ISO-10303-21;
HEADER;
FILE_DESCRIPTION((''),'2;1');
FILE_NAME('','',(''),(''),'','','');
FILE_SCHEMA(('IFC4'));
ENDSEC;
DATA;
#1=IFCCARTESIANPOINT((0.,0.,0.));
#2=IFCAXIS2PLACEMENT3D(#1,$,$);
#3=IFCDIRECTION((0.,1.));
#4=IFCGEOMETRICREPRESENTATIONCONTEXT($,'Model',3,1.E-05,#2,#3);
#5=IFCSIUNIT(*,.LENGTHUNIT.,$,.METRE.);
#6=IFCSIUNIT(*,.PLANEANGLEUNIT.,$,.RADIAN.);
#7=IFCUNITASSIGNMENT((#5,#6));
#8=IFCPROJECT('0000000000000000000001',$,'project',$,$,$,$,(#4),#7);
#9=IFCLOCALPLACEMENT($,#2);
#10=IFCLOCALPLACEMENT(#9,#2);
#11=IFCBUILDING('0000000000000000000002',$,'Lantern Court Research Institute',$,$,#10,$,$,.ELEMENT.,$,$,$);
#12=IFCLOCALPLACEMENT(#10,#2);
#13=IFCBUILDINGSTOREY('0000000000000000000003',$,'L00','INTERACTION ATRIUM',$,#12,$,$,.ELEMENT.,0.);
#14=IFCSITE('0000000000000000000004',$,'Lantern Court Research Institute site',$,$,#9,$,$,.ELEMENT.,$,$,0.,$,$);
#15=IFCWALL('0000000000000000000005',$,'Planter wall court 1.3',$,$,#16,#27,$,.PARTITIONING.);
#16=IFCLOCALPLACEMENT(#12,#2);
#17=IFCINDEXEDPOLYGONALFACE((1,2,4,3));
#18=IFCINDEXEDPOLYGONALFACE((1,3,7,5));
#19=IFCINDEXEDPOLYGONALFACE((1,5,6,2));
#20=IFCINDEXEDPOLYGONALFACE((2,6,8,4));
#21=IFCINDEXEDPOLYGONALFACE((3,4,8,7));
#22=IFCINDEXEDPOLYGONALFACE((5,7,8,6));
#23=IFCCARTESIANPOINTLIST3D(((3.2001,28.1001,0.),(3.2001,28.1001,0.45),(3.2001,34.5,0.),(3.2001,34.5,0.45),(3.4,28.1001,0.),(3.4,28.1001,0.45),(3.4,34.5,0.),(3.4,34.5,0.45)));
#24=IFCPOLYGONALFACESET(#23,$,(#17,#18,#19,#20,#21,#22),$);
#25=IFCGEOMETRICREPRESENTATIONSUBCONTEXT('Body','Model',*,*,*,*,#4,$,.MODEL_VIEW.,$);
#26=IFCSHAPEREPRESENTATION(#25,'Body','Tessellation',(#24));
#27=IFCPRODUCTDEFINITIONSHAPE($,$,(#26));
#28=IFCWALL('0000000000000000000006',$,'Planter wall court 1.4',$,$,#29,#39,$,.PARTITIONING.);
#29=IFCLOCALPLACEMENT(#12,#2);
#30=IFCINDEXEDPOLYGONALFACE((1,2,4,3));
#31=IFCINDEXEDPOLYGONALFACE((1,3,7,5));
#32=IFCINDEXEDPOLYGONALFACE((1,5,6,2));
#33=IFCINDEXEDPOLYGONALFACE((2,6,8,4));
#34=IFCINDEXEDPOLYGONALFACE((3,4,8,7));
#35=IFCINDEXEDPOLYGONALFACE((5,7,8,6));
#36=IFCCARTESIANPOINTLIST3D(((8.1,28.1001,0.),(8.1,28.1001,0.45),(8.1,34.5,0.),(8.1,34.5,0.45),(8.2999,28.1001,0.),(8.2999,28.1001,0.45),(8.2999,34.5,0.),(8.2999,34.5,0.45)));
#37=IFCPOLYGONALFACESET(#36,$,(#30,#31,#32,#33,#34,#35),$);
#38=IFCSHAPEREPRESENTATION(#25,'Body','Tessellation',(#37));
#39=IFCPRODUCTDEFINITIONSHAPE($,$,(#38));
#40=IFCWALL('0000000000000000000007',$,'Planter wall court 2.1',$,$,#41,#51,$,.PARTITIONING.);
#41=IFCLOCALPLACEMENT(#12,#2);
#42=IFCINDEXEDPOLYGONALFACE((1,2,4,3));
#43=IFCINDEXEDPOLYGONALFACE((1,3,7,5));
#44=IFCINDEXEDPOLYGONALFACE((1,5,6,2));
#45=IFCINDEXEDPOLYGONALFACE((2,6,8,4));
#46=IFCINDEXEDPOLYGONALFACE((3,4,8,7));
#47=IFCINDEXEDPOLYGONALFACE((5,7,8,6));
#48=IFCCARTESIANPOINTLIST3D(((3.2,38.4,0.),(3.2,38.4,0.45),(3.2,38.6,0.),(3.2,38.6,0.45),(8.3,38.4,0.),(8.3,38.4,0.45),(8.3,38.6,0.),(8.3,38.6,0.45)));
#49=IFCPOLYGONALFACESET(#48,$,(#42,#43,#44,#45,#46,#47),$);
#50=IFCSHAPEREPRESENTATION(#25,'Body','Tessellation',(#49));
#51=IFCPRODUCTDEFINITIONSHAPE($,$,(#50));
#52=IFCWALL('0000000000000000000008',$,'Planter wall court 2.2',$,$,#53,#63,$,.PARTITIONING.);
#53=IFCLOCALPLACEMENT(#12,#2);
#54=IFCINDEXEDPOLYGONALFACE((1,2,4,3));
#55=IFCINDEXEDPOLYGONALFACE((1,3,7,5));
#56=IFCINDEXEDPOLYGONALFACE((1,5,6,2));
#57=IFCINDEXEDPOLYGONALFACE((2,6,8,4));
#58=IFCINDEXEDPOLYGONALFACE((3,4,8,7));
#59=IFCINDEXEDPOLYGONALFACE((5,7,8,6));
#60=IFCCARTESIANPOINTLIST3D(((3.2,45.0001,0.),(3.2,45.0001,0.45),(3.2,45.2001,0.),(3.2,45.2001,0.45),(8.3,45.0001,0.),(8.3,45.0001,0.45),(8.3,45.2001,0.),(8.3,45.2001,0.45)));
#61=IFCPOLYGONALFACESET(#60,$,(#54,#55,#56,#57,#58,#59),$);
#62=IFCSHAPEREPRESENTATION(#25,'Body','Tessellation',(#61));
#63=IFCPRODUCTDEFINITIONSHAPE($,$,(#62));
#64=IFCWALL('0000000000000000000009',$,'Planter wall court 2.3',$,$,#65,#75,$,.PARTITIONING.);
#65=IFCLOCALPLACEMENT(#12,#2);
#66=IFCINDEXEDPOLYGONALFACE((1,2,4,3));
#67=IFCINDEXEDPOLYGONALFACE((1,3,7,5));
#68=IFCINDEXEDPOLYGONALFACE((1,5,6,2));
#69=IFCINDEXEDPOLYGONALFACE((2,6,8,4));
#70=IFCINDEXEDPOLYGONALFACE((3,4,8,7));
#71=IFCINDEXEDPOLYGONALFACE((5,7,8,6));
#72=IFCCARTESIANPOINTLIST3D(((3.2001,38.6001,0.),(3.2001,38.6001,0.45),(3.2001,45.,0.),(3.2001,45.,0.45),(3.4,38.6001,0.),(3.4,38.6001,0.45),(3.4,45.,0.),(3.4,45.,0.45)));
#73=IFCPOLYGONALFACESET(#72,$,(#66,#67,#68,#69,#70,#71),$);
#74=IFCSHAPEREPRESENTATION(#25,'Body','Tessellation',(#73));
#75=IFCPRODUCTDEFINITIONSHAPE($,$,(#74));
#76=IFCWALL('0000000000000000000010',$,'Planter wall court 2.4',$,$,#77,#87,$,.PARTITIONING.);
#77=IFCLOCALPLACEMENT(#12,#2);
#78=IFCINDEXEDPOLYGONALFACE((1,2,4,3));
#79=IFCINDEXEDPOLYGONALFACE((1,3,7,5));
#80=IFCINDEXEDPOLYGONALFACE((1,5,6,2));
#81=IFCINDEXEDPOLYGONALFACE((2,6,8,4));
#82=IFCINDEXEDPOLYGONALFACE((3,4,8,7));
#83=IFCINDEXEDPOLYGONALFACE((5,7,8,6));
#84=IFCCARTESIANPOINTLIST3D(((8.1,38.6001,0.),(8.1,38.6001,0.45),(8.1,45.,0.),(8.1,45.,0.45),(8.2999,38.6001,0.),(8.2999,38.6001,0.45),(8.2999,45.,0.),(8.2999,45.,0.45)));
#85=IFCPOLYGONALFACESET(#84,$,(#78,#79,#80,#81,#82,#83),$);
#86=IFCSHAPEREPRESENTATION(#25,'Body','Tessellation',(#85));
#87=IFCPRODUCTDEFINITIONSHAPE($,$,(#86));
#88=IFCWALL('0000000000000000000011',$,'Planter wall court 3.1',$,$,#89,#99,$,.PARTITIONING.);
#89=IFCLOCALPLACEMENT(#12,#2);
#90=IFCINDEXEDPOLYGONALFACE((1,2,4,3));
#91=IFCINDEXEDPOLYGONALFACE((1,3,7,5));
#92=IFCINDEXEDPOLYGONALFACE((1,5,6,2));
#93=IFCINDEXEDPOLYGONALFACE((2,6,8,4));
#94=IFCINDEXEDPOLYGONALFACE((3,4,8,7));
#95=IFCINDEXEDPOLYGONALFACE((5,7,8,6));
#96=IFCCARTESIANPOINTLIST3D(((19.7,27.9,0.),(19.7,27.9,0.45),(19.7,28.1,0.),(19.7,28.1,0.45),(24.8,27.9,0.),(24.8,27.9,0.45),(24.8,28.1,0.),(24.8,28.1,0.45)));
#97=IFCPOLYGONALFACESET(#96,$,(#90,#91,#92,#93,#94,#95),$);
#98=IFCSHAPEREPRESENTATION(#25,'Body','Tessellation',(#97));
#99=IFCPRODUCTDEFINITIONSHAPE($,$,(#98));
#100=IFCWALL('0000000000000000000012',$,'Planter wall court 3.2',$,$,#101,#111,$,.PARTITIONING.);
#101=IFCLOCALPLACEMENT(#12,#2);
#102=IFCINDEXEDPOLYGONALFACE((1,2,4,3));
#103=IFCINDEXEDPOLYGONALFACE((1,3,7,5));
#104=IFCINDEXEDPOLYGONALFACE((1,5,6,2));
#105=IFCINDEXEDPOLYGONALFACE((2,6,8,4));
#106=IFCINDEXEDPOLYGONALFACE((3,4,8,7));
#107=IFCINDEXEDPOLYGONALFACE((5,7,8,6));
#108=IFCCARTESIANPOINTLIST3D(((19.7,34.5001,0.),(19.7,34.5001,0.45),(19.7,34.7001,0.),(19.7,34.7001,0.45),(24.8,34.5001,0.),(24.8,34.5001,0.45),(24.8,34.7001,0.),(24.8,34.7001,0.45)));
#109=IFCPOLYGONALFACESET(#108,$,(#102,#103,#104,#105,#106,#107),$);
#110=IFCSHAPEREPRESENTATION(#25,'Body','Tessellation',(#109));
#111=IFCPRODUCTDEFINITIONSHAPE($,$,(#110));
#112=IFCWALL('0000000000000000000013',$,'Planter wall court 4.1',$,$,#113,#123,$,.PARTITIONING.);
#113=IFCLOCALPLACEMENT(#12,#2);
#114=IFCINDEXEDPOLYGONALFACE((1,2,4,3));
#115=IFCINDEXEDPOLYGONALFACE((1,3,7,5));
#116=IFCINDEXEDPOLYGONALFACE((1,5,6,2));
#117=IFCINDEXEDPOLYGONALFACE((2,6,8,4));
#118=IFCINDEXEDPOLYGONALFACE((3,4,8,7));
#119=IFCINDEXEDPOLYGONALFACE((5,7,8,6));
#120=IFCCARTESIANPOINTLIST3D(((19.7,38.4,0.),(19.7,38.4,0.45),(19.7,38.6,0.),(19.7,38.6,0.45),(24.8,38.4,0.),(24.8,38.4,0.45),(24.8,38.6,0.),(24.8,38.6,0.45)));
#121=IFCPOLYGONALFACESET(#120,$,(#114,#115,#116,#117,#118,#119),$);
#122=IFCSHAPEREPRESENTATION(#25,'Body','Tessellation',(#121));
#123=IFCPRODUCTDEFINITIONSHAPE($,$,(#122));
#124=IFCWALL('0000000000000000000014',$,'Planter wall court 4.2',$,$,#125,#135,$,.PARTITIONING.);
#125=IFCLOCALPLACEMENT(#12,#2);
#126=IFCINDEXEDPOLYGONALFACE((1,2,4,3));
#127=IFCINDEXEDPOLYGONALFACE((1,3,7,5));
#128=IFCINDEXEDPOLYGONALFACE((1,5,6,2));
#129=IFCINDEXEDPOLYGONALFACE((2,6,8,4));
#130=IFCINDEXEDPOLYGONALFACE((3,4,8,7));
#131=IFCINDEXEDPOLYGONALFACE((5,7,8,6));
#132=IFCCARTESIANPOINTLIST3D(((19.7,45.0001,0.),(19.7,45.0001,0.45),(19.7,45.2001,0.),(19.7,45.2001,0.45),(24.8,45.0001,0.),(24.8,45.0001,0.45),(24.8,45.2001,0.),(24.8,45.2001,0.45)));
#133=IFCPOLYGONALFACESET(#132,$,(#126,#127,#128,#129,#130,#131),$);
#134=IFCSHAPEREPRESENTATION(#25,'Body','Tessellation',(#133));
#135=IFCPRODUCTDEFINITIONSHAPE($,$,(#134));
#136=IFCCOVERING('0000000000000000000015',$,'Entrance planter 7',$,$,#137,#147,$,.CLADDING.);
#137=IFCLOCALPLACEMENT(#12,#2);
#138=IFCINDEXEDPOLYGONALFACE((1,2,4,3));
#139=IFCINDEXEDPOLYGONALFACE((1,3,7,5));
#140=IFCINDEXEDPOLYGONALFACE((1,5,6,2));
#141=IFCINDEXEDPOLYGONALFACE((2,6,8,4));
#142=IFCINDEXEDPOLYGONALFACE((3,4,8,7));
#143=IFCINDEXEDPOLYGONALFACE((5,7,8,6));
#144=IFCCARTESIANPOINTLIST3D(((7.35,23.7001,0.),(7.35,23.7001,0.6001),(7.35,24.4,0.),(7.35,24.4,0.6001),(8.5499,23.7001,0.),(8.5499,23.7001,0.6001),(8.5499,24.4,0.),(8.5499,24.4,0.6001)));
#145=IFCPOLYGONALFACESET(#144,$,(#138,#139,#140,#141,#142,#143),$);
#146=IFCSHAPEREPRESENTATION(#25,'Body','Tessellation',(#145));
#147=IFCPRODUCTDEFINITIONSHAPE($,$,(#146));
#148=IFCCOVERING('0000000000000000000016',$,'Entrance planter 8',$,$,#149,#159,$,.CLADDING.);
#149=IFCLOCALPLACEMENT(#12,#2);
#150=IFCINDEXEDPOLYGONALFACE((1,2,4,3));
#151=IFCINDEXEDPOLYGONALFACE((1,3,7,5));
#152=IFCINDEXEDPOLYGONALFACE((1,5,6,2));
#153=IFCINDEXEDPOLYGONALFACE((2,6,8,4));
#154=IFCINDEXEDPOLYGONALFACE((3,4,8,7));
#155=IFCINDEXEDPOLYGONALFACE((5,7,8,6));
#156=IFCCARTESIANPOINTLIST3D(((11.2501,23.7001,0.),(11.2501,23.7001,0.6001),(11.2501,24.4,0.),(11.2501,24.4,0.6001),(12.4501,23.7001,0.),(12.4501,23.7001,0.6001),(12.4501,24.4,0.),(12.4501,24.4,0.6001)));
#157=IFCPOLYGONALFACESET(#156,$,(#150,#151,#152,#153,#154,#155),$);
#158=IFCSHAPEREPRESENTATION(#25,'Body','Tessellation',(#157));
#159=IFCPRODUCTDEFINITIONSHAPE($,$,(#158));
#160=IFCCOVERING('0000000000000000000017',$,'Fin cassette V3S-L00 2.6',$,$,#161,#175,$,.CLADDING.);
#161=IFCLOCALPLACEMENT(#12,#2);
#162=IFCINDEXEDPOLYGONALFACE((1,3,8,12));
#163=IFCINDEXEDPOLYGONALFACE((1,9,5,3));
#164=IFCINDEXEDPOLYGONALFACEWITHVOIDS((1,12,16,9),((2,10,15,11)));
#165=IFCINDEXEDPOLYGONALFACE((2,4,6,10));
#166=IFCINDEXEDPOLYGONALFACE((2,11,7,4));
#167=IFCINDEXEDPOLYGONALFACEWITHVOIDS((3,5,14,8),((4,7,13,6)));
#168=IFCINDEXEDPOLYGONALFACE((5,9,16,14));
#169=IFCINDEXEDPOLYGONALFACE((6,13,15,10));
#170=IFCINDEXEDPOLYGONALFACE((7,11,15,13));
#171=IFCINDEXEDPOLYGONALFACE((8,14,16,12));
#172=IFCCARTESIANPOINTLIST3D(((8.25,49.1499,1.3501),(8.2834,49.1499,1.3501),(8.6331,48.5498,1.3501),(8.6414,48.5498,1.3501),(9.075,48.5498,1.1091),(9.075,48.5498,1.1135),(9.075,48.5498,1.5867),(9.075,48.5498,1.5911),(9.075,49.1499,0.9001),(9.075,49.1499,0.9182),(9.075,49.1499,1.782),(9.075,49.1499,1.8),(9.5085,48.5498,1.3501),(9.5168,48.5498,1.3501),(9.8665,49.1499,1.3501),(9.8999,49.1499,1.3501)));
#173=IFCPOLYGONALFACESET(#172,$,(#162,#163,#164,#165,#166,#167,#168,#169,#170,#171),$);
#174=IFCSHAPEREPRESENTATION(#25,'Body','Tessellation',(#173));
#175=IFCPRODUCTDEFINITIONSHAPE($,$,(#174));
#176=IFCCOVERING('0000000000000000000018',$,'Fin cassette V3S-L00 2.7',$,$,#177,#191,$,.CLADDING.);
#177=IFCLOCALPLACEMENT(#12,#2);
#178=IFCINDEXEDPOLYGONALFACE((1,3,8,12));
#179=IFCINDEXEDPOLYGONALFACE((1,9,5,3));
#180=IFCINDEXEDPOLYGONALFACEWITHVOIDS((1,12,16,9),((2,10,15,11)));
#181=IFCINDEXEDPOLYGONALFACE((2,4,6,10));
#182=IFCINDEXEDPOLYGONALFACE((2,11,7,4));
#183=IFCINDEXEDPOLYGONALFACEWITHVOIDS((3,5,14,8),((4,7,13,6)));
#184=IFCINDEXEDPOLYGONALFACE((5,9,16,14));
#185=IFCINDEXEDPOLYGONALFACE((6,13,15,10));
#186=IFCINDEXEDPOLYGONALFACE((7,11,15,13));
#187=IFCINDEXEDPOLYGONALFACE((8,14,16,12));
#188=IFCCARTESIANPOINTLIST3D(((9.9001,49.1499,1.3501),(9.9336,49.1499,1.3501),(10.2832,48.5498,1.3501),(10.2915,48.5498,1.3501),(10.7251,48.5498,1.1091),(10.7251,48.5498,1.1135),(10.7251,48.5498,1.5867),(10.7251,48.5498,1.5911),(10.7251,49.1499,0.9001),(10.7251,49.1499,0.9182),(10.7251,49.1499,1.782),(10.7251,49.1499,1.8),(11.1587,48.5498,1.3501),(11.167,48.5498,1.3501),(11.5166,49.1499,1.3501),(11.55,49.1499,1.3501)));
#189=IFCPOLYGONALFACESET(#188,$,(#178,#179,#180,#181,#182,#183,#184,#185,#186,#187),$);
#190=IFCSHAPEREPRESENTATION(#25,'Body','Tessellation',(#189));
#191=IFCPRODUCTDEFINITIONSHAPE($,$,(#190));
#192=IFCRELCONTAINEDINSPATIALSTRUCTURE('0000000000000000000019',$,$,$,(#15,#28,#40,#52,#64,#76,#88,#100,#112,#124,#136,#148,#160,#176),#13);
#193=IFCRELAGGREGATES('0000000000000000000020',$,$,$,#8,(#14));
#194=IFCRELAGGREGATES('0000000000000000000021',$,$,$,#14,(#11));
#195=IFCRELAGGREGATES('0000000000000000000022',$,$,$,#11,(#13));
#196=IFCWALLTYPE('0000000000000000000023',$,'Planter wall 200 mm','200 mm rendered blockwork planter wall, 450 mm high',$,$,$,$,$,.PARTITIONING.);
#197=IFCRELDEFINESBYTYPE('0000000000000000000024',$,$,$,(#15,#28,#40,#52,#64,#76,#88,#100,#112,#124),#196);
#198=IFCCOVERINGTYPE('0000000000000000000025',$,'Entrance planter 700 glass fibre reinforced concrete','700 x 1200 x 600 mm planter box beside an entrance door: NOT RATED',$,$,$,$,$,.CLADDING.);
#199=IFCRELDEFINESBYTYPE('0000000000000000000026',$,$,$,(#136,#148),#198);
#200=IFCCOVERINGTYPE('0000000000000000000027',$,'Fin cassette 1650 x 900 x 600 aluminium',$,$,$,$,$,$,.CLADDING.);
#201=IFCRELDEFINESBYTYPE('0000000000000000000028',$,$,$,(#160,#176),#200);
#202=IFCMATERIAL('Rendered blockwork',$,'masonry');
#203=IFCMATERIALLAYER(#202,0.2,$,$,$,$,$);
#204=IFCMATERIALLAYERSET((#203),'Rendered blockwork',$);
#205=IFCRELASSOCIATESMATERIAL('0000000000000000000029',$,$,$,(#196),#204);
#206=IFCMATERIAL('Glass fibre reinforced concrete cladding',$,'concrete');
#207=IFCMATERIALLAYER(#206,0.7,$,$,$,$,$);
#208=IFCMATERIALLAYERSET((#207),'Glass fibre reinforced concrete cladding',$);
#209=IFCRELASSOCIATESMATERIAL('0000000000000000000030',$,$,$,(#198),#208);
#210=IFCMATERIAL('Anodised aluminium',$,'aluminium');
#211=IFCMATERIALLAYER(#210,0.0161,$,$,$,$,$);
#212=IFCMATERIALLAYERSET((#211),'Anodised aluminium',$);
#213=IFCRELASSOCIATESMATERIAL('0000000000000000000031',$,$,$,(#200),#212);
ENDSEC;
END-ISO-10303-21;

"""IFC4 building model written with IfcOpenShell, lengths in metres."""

from ifc_helpers import new_model, entity, si_unit, direction, frame, frame_2d, origin, origin_2d, place, context, subcontext, project, spatial, rectangle, extrude, material, layer, layer_set, type_object, element, save


model = new_model("IFC4")

# Units and contexts
model_context = context("Model", 3, precision=1e-05, world=origin(), true_north=direction((0.0, 1.0)))
body_context = subcontext(model_context, "Body", "Model", "MODEL_VIEW")
ifc_project = project(units=[si_unit("LENGTHUNIT", "METRE"), si_unit("PLANEANGLEUNIT", "RADIAN")], contexts=[model_context])

# Site, building, storey
site_placement = place(None, origin())
site = spatial("IfcSite", under=ifc_project, at=site_placement, Name="Lantern Court Research Institute site", CompositionType="ELEMENT", RefElevation=0.0)
building_placement = place(site_placement, origin())
building = spatial("IfcBuilding", under=site, at=building_placement, Name="Lantern Court Research Institute", CompositionType="ELEMENT")
storey_placement = place(building_placement, origin())
storey = spatial("IfcBuildingStorey", under=building, at=storey_placement, Name="L00", Description="INTERACTION ATRIUM", CompositionType="ELEMENT", Elevation=0.0)

# Walls
ifc_material_1 = material(Name="Rendered blockwork", Category="masonry")
ifc_layer_1 = layer(ifc_material_1, 0.2)
ifc_layer_set_1 = layer_set([ifc_layer_1], Name="Rendered blockwork")
wall_type_1 = type_object("IfcWallType", Name="Planter wall 200 mm", Description="200 mm rendered blockwork planter wall, 450 mm high", PredefinedType="PARTITIONING", material=ifc_layer_set_1)
for number, where, z_axis, x_axis, name in (
    (1, (3.3, 28.1001, 0.0), (0.0, 0.0, 1.0), (0.0, 1.0, 0.0), "Planter wall court 1.3"),
    (2, (8.2, 28.1001, 0.0), (0.0, 0.0, 1.0), (0.0, 1.0, 0.0), "Planter wall court 1.4"),
):
    element("IfcWall", number, at=place(storey_placement, frame(where, z_axis=z_axis, x_axis=x_axis)), inside=storey, type_object=wall_type_1, Name=name, PredefinedType="PARTITIONING", context=body_context, shape_type="SweptSolid", body=[
        extrude(rectangle(XDim=6.3999, YDim=0.2, at=frame_2d((3.2, 0.0))), origin(), (0.0, 0.0, 1.0), 0.45),
    ])
for number, where, z_axis, x_axis, name in (
    (3, (3.2, 38.5, 0.0), (0.0, 0.0, 1.0), (1.0, 0.0, 0.0), "Planter wall court 2.1"),
    (4, (3.2, 45.1001, 0.0), (0.0, 0.0, 1.0), (1.0, 0.0, 0.0), "Planter wall court 2.2"),
):
    element("IfcWall", number, at=place(storey_placement, frame(where, z_axis=z_axis, x_axis=x_axis)), inside=storey, type_object=wall_type_1, Name=name, PredefinedType="PARTITIONING", context=body_context, shape_type="SweptSolid", body=[
        extrude(rectangle(XDim=5.1001, YDim=0.2, at=frame_2d((2.55, 0.0))), origin(), (0.0, 0.0, 1.0), 0.45),
    ])
for number, where, z_axis, x_axis, name in (
    (5, (3.3, 38.6001, 0.0), (0.0, 0.0, 1.0), (0.0, 1.0, 0.0), "Planter wall court 2.3"),
    (6, (8.2, 38.6001, 0.0), (0.0, 0.0, 1.0), (0.0, 1.0, 0.0), "Planter wall court 2.4"),
):
    element("IfcWall", number, at=place(storey_placement, frame(where, z_axis=z_axis, x_axis=x_axis)), inside=storey, type_object=wall_type_1, Name=name, PredefinedType="PARTITIONING", context=body_context, shape_type="SweptSolid", body=[
        extrude(rectangle(XDim=6.3999, YDim=0.2, at=frame_2d((3.2, 0.0))), origin(), (0.0, 0.0, 1.0), 0.45),
    ])
for number, where, z_axis, x_axis, name in (
    (7, (19.7, 28.0, 0.0), (0.0, 0.0, 1.0), (1.0, 0.0, 0.0), "Planter wall court 3.1"),
    (8, (19.7, 34.6001, 0.0), (0.0, 0.0, 1.0), (1.0, 0.0, 0.0), "Planter wall court 3.2"),
    (9, (19.7, 38.5, 0.0), (0.0, 0.0, 1.0), (1.0, 0.0, 0.0), "Planter wall court 4.1"),
    (10, (19.7, 45.1001, 0.0), (0.0, 0.0, 1.0), (1.0, 0.0, 0.0), "Planter wall court 4.2"),
):
    element("IfcWall", number, at=place(storey_placement, frame(where, z_axis=z_axis, x_axis=x_axis)), inside=storey, type_object=wall_type_1, Name=name, PredefinedType="PARTITIONING", context=body_context, shape_type="SweptSolid", body=[
        extrude(rectangle(XDim=5.1001, YDim=0.2, at=frame_2d((2.55, 0.0))), origin(), (0.0, 0.0, 1.0), 0.45),
    ])

# Coverings
ifc_material_2 = material(Name="Glass fibre reinforced concrete cladding", Category="concrete")
ifc_layer_2 = layer(ifc_material_2, 0.7)
ifc_layer_set_2 = layer_set([ifc_layer_2], Name="Glass fibre reinforced concrete cladding")
covering_type_1 = type_object("IfcCoveringType", Name="Entrance planter 700 glass fibre reinforced concrete", Description="700 x 1200 x 600 mm planter box beside an entrance door: NOT RATED", PredefinedType="CLADDING", material=ifc_layer_set_2)
for number, where, z_axis, x_axis, name in (
    (11, (7.95, 24.05, 0.0), (0.0, 0.0, 1.0), (1.0, 0.0, 0.0), "Entrance planter 7"),
    (12, (11.8501, 24.05, 0.0), (0.0, 0.0, 1.0), (1.0, 0.0, 0.0), "Entrance planter 8"),
):
    element("IfcCovering", number, at=place(storey_placement, frame(where, z_axis=z_axis, x_axis=x_axis)), inside=storey, type_object=covering_type_1, Name=name, PredefinedType="CLADDING", context=body_context, shape_type="SweptSolid", body=[
        extrude(rectangle(XDim=1.2, YDim=0.7, at=origin_2d()), origin(), (0.0, 0.0, 1.0), 0.6001),
    ])
ifc_material_3 = material(Name="Anodised aluminium", Category="aluminium")
ifc_layer_3 = layer(ifc_material_3, 0.0161)
ifc_layer_set_3 = layer_set([ifc_layer_3], Name="Anodised aluminium")
covering_type_2 = type_object("IfcCoveringType", Name="Fin cassette 1650 x 900 x 600 aluminium", PredefinedType="CLADDING", material=ifc_layer_set_3)
covering_1_placement = place(storey_placement, frame((9.075, 49.1499, 1.3501), z_axis=(0.0, -1.0, 0.0), x_axis=(1.0, 0.0, 0.0)))
cartesian_point_1 = entity("IfcCartesianPoint", [0.825, 0.0])
cartesian_point_2 = entity("IfcCartesianPoint", [0.7915, 0.0])
cartesian_point_3 = entity("IfcCartesianPoint", [0.4419, 0.0])
cartesian_point_4 = entity("IfcCartesianPoint", [0.4336, 0.0])
element("IfcCovering", 13, at=covering_1_placement, inside=storey, type_object=covering_type_2, Name="Fin cassette V3S-L00 2.6", PredefinedType="CLADDING", context=body_context, shape_type="SweptSolid", body=[
    entity("IfcExtrudedAreaSolidTapered", entity("IfcArbitraryProfileDefWithVoids", "AREA", None, entity("IfcPolyline", [cartesian_point_1, entity("IfcCartesianPoint", [0.0, 0.45]), entity("IfcCartesianPoint", [-0.825, 0.0]), entity("IfcCartesianPoint", [0.0, -0.45]), cartesian_point_1]), [entity("IfcPolyline", [cartesian_point_2, entity("IfcCartesianPoint", [0.0, 0.4319]), entity("IfcCartesianPoint", [-0.7915, 0.0]), entity("IfcCartesianPoint", [0.0, -0.4319]), cartesian_point_2])]), entity("IfcAxis2Placement3D", entity("IfcCartesianPoint", [0.0, 0.0, 0.0])), entity("IfcDirection", [0.0, 0.0, 1.0]), 0.6001, entity("IfcArbitraryProfileDefWithVoids", "AREA", None, entity("IfcPolyline", [cartesian_point_3, entity("IfcCartesianPoint", [0.0, 0.241]), entity("IfcCartesianPoint", [-0.4419, 0.0]), entity("IfcCartesianPoint", [0.0, -0.241]), cartesian_point_3]), [entity("IfcPolyline", [cartesian_point_4, entity("IfcCartesianPoint", [0.0, 0.2366]), entity("IfcCartesianPoint", [-0.4336, 0.0]), entity("IfcCartesianPoint", [0.0, -0.2366]), cartesian_point_4])])),
])
covering_2_placement = place(storey_placement, frame((10.7251, 49.1499, 1.3501), z_axis=(0.0, -1.0, 0.0), x_axis=(1.0, 0.0, 0.0)))
cartesian_point_5 = entity("IfcCartesianPoint", [0.825, 0.0])
cartesian_point_6 = entity("IfcCartesianPoint", [0.7915, 0.0])
cartesian_point_7 = entity("IfcCartesianPoint", [0.4419, 0.0])
cartesian_point_8 = entity("IfcCartesianPoint", [0.4336, 0.0])
element("IfcCovering", 14, at=covering_2_placement, inside=storey, type_object=covering_type_2, Name="Fin cassette V3S-L00 2.7", PredefinedType="CLADDING", context=body_context, shape_type="SweptSolid", body=[
    entity("IfcExtrudedAreaSolidTapered", entity("IfcArbitraryProfileDefWithVoids", "AREA", None, entity("IfcPolyline", [cartesian_point_5, entity("IfcCartesianPoint", [0.0, 0.45]), entity("IfcCartesianPoint", [-0.825, 0.0]), entity("IfcCartesianPoint", [0.0, -0.45]), cartesian_point_5]), [entity("IfcPolyline", [cartesian_point_6, entity("IfcCartesianPoint", [0.0, 0.4319]), entity("IfcCartesianPoint", [-0.7915, 0.0]), entity("IfcCartesianPoint", [0.0, -0.4319]), cartesian_point_6])]), entity("IfcAxis2Placement3D", entity("IfcCartesianPoint", [0.0, 0.0, 0.0])), entity("IfcDirection", [0.0, 0.0, 1.0]), 0.6001, entity("IfcArbitraryProfileDefWithVoids", "AREA", None, entity("IfcPolyline", [cartesian_point_7, entity("IfcCartesianPoint", [0.0, 0.241]), entity("IfcCartesianPoint", [-0.4419, 0.0]), entity("IfcCartesianPoint", [0.0, -0.241]), cartesian_point_7]), [entity("IfcPolyline", [cartesian_point_8, entity("IfcCartesianPoint", [0.0, 0.2366]), entity("IfcCartesianPoint", [-0.4336, 0.0]), entity("IfcCartesianPoint", [0.0, -0.2366]), cartesian_point_8])])),
])

save(model, "model.ifc")
